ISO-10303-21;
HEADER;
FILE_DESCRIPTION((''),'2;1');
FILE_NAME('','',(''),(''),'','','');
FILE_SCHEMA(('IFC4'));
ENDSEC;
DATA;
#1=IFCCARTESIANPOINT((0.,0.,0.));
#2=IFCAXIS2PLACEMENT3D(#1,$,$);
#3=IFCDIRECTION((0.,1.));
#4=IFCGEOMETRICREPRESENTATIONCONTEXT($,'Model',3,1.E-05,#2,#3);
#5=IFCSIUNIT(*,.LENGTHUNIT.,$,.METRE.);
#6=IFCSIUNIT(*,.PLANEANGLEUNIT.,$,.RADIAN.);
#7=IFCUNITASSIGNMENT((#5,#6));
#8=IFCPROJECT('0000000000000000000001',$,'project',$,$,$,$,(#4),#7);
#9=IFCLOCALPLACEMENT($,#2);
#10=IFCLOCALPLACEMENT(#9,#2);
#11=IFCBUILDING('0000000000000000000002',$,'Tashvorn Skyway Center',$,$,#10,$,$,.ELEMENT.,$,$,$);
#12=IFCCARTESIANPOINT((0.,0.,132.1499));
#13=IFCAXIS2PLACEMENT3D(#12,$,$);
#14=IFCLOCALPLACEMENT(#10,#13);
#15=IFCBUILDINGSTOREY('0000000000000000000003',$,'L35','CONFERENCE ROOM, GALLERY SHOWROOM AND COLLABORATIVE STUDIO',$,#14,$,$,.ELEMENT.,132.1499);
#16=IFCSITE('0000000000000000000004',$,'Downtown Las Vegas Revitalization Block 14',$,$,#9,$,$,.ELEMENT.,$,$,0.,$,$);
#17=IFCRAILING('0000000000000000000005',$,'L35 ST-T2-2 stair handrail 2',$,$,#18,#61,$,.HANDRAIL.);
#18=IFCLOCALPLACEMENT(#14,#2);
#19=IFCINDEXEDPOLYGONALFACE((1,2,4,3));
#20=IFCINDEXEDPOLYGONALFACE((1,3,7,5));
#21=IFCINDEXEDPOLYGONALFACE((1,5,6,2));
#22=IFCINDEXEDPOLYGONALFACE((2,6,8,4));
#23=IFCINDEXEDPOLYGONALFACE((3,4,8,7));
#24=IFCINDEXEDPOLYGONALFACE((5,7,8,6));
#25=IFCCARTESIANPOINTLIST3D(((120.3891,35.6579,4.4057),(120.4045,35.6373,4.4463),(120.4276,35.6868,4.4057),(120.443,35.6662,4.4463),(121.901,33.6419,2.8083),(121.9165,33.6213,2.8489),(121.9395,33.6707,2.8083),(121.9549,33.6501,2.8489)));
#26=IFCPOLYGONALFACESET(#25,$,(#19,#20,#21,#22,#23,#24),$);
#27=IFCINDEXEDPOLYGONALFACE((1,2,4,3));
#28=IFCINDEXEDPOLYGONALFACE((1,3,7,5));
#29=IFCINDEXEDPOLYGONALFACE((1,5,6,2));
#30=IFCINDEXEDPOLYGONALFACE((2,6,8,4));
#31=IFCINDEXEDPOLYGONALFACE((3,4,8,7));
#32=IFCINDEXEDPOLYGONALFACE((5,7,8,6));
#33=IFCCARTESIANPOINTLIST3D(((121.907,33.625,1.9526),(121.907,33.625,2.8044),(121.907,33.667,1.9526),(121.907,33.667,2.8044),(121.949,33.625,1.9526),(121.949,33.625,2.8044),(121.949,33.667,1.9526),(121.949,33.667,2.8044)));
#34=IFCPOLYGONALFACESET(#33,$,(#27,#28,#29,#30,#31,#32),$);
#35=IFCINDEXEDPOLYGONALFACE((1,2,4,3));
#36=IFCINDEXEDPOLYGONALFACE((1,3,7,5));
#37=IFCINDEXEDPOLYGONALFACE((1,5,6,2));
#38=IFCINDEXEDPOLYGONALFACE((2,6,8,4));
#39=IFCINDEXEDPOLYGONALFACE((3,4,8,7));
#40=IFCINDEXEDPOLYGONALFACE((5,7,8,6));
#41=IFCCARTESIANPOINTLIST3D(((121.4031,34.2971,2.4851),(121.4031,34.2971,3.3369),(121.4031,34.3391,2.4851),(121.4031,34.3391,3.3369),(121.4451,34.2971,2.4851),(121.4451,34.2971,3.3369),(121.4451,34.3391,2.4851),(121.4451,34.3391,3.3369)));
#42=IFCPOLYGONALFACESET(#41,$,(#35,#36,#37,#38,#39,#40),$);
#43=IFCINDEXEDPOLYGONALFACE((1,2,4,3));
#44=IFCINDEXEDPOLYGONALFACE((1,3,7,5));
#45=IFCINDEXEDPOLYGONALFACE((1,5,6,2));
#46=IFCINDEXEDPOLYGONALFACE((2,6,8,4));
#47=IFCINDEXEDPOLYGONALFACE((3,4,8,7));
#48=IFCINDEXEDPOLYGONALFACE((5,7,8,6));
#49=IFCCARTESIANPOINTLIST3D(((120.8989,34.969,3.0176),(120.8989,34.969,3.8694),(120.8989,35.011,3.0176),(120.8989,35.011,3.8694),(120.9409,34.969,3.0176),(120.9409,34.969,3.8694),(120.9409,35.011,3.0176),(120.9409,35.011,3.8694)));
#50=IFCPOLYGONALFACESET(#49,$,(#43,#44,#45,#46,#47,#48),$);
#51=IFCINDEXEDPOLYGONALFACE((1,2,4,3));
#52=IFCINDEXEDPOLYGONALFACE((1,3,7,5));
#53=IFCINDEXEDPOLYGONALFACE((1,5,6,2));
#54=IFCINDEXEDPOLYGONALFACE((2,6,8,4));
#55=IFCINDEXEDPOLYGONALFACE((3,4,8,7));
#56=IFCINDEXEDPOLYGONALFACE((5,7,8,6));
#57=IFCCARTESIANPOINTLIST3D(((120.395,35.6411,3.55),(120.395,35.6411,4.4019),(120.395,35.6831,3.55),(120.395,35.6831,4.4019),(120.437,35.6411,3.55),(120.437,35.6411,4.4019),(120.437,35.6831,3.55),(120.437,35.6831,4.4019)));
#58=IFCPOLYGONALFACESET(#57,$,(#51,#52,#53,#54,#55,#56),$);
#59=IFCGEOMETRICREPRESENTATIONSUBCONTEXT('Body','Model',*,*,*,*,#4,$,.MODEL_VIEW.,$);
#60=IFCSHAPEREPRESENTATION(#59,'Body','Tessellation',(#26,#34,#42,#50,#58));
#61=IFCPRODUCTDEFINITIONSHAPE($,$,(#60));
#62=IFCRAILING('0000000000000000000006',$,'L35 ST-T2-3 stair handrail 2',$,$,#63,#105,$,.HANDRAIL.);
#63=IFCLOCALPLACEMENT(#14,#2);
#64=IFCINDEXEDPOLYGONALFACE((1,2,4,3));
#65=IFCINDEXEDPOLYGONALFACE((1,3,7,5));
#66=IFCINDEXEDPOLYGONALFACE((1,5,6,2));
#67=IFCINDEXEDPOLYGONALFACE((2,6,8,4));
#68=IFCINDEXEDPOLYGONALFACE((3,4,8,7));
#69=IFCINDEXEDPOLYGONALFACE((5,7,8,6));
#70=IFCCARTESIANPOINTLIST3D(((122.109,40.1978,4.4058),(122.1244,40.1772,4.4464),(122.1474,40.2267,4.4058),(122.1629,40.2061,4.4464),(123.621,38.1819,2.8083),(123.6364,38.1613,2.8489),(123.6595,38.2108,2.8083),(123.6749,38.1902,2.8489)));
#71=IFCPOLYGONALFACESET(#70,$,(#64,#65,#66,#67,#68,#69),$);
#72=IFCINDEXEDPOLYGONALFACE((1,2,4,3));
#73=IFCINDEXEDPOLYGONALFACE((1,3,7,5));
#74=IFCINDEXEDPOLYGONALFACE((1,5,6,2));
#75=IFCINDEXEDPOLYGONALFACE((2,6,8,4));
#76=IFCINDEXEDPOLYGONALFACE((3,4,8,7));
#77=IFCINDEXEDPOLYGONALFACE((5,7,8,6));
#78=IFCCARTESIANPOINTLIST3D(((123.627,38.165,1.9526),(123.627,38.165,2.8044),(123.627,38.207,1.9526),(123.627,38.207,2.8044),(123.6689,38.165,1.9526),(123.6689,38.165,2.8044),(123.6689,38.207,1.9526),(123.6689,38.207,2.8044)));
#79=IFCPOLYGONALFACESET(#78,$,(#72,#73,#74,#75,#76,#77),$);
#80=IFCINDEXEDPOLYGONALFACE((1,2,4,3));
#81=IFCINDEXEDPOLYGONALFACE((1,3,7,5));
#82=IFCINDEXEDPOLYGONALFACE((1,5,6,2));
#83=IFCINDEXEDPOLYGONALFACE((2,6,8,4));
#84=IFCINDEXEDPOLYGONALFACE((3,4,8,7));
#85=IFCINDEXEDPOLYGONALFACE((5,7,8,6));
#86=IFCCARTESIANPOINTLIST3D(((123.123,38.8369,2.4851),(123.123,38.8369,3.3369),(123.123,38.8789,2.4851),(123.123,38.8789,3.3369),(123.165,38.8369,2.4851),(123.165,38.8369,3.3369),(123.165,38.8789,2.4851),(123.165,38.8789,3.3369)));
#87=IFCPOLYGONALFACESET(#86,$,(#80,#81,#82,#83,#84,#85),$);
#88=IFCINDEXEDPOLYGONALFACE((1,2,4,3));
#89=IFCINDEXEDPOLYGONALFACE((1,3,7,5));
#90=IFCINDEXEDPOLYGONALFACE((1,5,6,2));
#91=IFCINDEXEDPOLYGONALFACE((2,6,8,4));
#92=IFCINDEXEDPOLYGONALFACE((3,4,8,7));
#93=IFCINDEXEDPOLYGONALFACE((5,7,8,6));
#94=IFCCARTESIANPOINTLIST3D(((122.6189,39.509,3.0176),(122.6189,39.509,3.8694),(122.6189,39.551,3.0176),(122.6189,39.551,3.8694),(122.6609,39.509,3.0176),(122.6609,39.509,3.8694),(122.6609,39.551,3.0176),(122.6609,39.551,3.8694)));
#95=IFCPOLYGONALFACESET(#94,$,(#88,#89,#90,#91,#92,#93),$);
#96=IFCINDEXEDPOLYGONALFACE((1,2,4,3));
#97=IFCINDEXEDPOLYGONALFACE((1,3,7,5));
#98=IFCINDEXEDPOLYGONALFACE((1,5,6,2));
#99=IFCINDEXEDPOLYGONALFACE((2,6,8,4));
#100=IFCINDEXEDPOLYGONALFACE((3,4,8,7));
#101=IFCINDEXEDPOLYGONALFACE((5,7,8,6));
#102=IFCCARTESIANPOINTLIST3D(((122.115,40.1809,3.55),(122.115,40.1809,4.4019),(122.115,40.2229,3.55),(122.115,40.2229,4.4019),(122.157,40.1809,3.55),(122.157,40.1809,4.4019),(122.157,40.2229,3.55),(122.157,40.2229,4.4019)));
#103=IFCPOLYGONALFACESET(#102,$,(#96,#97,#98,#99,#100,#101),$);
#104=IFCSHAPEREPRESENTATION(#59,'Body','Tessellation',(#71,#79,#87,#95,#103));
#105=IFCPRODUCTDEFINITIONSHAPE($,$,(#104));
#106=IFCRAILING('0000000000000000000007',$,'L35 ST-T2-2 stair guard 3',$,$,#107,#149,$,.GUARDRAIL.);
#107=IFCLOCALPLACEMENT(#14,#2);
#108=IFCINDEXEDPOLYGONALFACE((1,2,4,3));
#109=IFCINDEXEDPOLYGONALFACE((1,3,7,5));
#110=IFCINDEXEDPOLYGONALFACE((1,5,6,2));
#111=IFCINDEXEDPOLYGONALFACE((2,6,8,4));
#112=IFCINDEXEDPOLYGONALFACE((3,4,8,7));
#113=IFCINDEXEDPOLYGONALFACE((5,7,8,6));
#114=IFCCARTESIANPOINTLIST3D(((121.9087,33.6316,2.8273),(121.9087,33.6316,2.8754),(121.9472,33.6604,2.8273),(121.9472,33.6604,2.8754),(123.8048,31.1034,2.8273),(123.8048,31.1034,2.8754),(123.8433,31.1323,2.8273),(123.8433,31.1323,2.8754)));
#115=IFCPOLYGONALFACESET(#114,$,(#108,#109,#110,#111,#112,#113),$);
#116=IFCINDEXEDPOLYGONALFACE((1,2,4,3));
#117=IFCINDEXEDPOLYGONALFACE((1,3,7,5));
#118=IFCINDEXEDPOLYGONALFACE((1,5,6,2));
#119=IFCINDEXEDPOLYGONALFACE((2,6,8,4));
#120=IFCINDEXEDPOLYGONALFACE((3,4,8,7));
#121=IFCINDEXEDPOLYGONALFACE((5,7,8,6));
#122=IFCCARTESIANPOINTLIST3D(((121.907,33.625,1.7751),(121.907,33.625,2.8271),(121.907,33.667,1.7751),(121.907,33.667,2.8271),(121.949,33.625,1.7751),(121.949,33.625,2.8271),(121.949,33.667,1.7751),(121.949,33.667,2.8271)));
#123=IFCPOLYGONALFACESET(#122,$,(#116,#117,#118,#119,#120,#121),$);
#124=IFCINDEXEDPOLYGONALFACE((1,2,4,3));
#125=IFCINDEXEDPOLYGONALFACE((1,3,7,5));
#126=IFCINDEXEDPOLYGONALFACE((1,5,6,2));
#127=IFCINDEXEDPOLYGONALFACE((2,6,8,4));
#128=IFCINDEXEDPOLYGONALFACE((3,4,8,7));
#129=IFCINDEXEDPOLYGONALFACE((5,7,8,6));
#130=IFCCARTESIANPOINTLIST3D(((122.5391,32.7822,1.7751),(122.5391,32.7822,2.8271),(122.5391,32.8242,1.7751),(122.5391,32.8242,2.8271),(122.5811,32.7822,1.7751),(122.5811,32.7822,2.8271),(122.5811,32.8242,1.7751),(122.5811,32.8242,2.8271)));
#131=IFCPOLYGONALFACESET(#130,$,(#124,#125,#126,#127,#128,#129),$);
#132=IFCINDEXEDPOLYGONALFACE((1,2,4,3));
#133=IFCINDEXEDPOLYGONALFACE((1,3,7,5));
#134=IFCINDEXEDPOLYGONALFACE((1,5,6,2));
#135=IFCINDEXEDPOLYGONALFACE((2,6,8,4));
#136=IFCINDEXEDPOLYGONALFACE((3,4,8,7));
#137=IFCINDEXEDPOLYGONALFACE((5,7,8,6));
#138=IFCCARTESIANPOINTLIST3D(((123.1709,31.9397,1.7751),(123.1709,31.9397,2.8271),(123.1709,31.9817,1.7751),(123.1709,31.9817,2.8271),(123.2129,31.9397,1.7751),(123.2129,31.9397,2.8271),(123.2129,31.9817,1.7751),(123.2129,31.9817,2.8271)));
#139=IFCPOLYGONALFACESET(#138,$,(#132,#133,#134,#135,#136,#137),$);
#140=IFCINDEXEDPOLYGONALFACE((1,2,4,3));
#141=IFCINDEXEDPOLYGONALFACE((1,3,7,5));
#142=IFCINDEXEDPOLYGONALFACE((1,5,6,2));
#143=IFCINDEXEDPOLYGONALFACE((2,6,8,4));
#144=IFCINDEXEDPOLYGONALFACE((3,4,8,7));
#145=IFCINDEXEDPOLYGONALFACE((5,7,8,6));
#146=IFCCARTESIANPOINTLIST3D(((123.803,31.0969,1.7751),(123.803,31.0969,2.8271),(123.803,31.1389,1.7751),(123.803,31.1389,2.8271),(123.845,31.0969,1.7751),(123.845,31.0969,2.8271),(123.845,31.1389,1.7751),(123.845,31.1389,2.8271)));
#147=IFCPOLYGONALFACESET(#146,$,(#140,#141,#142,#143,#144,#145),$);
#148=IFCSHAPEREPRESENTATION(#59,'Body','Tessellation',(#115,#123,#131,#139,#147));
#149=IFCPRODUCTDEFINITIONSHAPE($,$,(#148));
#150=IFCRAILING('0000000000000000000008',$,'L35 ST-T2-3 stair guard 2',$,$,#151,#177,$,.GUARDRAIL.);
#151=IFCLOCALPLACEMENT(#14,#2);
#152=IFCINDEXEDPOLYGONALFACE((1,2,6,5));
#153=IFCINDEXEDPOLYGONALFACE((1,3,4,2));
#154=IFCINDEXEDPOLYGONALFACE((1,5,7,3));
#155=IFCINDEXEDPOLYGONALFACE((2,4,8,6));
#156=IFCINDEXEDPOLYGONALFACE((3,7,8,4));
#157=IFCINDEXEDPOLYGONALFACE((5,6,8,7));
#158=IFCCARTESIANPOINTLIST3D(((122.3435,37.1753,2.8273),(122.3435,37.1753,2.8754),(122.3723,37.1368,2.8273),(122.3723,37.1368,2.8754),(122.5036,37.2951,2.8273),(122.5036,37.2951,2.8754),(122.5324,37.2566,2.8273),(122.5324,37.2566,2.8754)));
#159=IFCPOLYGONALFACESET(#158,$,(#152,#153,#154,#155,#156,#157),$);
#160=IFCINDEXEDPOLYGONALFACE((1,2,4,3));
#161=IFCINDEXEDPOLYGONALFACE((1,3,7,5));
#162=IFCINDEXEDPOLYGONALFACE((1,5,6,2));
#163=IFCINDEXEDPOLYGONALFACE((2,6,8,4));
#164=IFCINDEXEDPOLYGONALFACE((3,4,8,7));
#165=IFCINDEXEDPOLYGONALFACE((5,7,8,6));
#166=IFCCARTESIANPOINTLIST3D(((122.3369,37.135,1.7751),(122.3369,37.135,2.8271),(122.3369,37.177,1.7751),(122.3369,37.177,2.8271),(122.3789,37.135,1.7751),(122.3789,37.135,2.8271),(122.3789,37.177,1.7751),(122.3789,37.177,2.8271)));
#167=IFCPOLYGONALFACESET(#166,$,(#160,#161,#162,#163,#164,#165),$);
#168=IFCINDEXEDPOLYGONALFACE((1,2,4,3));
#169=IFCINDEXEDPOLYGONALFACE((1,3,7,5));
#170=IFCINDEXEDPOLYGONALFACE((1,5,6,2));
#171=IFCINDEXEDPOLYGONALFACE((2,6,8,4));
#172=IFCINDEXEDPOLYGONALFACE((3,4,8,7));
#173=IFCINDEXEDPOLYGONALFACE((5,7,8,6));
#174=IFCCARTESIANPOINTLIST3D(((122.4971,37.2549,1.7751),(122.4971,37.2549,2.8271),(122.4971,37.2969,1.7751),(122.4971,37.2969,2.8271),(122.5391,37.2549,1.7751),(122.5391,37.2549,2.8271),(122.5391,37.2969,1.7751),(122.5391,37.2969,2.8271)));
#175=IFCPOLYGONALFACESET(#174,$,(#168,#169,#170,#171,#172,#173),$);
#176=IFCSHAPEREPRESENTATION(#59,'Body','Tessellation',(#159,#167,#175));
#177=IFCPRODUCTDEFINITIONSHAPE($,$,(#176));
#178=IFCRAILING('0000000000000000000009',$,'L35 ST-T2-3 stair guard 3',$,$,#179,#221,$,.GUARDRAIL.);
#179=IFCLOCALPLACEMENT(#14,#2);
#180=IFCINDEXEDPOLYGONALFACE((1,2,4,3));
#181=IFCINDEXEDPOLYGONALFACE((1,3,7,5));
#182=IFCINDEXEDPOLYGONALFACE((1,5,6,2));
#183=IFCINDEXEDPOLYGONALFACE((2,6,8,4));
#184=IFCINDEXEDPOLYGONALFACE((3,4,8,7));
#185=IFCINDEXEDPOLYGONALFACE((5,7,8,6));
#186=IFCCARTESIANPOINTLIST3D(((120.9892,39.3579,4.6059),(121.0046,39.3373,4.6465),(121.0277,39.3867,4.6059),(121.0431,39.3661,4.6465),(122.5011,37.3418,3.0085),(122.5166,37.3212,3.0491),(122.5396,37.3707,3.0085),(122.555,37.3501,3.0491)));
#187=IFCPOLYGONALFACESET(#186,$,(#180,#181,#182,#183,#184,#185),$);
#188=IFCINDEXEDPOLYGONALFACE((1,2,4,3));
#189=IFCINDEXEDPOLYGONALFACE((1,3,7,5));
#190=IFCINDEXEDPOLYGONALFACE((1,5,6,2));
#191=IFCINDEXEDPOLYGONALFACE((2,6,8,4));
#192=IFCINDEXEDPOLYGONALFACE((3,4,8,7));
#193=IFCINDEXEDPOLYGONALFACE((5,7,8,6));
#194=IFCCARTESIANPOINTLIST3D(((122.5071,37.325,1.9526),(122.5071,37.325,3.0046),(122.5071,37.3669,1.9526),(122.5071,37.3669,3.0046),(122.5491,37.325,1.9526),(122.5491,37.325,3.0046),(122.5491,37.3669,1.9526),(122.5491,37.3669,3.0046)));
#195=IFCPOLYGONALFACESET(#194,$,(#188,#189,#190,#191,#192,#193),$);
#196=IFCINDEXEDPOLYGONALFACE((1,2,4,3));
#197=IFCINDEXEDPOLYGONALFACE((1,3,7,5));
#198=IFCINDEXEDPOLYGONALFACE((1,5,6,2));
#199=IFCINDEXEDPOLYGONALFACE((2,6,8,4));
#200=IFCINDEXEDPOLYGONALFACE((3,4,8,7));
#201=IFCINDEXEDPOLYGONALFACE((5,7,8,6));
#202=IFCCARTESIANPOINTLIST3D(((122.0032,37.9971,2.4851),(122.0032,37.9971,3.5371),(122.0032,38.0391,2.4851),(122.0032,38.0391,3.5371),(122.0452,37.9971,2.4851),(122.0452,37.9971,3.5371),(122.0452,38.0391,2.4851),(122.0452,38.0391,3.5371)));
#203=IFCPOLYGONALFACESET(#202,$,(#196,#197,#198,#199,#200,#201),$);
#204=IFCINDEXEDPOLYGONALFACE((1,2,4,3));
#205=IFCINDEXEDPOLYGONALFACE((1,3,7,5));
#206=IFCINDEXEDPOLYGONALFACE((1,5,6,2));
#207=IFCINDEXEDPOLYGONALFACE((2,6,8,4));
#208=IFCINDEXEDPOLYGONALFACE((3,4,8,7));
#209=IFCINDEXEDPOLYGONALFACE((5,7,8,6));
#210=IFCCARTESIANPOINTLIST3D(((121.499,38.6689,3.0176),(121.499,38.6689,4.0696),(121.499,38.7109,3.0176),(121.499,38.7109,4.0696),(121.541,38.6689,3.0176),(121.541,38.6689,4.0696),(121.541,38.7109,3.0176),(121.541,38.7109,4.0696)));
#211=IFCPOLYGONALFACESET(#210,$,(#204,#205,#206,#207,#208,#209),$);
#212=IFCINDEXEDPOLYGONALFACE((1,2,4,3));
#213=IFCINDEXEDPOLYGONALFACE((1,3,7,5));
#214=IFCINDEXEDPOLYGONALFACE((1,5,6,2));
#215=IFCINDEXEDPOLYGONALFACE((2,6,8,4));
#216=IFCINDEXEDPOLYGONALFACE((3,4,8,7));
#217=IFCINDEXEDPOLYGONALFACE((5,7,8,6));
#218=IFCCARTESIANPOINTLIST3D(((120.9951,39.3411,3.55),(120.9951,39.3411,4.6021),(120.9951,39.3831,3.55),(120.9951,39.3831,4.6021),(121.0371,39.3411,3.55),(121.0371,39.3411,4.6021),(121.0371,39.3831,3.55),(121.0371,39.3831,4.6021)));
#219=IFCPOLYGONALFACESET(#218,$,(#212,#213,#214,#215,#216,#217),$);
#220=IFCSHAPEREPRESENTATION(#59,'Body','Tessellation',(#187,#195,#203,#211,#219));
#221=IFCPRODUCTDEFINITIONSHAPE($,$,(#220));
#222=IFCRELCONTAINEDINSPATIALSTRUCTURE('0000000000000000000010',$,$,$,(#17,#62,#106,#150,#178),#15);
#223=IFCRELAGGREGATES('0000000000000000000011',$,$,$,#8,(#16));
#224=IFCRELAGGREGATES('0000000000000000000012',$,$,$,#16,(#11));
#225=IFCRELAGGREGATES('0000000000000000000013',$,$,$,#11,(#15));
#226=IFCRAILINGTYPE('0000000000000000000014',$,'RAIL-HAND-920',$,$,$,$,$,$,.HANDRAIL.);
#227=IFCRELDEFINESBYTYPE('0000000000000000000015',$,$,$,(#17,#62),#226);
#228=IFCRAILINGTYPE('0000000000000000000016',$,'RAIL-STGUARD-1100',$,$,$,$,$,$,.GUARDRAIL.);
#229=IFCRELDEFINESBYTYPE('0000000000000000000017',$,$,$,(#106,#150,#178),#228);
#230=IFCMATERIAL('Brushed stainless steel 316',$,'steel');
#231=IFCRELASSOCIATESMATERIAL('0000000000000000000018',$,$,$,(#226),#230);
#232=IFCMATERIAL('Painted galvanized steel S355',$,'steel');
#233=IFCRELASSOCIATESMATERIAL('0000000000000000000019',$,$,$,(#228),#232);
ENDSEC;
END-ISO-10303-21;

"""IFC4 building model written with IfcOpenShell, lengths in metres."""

from ifc_helpers import new_model, si_unit, direction, frame, origin, origin_2d, place, context, subcontext, project, spatial, rectangle, extrude, material, type_object, element, save


model = new_model("IFC4")

# Units and contexts
model_context = context("Model", 3, precision=1e-05, world=origin(), true_north=direction((0.0, 1.0)))
body_context = subcontext(model_context, "Body", "Model", "MODEL_VIEW")
ifc_project = project(units=[si_unit("LENGTHUNIT", "METRE"), si_unit("PLANEANGLEUNIT", "RADIAN")], contexts=[model_context])

# Site, building, storey
site_placement = place(None, origin())
site = spatial("IfcSite", under=ifc_project, at=site_placement, Name="Downtown Las Vegas Revitalization Block 14", CompositionType="ELEMENT", RefElevation=0.0)
building_placement = place(site_placement, origin())
building = spatial("IfcBuilding", under=site, at=building_placement, Name="Tashvorn Skyway Center", CompositionType="ELEMENT")
storey_placement = place(building_placement, frame((0.0, 0.0, 132.1499)))
storey = spatial("IfcBuildingStorey", under=building, at=storey_placement, Name="L35", Description="CONFERENCE ROOM, GALLERY SHOWROOM AND COLLABORATIVE STUDIO", CompositionType="ELEMENT", Elevation=132.1499)

# Railings
ifc_material_1 = material(Name="Brushed stainless steel 316", Category="steel")
railing_type_1 = type_object("IfcRailingType", Name="RAIL-HAND-920", PredefinedType="HANDRAIL", material=ifc_material_1)
railing_1_placement = place(storey_placement, frame((121.928, 33.646, 1.9526)))
element("IfcRailing", 1, at=railing_1_placement, inside=storey, type_object=railing_type_1, Name="L35 ST-T2-2 stair handrail 2", PredefinedType="HANDRAIL", context=body_context, shape_type="SweptSolid", body=[
    extrude(rectangle(XDim=0.0481, YDim=0.0481, at=origin_2d()), frame((0.0, 0.0, 0.876), z_axis=(-0.506741, 0.675709, 0.535379), x_axis=(-0.800023, -0.599969, 0.0)), (0.0, 0.0, 1.0), 2.9836),
    extrude(rectangle(XDim=0.042, YDim=0.042, at=origin_2d()), origin(), (0.0, 0.0, 1.0), 0.8518),
    extrude(rectangle(XDim=0.042, YDim=0.042, at=origin_2d()), frame((-0.5039, 0.6721, 0.5325)), (0.0, 0.0, 1.0), 0.8518),
    extrude(rectangle(XDim=0.042, YDim=0.042, at=origin_2d()), frame((-1.0081, 1.344, 1.0649)), (0.0, 0.0, 1.0), 0.8518),
    extrude(rectangle(XDim=0.042, YDim=0.042, at=origin_2d()), frame((-1.512, 2.0161, 1.5974)), (0.0, 0.0, 1.0), 0.8518),
])
railing_2_placement = place(storey_placement, frame((123.6479, 38.186, 1.9526)))
element("IfcRailing", 2, at=railing_2_placement, inside=storey, type_object=railing_type_1, Name="L35 ST-T2-3 stair handrail 2", PredefinedType="HANDRAIL", context=body_context, shape_type="SweptSolid", body=[
    extrude(rectangle(XDim=0.0481, YDim=0.0481, at=origin_2d()), frame((0.0, 0.0, 0.876), z_axis=(-0.506769, 0.675664, 0.535409), x_axis=(-0.799988, -0.600016, 0.0)), (0.0, 0.0, 1.0), 2.9836),
    extrude(rectangle(XDim=0.042, YDim=0.042, at=origin_2d()), origin(), (0.0, 0.0, 1.0), 0.8518),
    extrude(rectangle(XDim=0.042, YDim=0.042, at=origin_2d()), frame((-0.5039, 0.6719, 0.5325)), (0.0, 0.0, 1.0), 0.8518),
    extrude(rectangle(XDim=0.042, YDim=0.042, at=origin_2d()), frame((-1.0081, 1.344, 1.0649)), (0.0, 0.0, 1.0), 0.8518),
    extrude(rectangle(XDim=0.042, YDim=0.042, at=origin_2d()), frame((-1.512, 2.0159, 1.5974)), (0.0, 0.0, 1.0), 0.8518),
])
ifc_material_2 = material(Name="Painted galvanized steel S355", Category="steel")
railing_type_2 = type_object("IfcRailingType", Name="RAIL-STGUARD-1100", PredefinedType="GUARDRAIL", material=ifc_material_2)
railing_3_placement = place(storey_placement, frame((121.928, 33.646, 1.7751)))
element("IfcRailing", 3, at=railing_3_placement, inside=storey, type_object=railing_type_2, Name="L35 ST-T2-2 stair guard 3", PredefinedType="GUARDRAIL", context=body_context, shape_type="SweptSolid", body=[
    extrude(rectangle(XDim=0.0481, YDim=0.0481, at=origin_2d()), frame((0.0, 0.0, 1.0762), z_axis=(0.599988, -0.800009, 0.0), x_axis=(0.800009, 0.599988, 0.0)), (0.0, 0.0, 1.0), 3.1602),
    extrude(rectangle(XDim=0.042, YDim=0.042, at=origin_2d()), origin(), (0.0, 0.0, 1.0), 1.052),
    extrude(rectangle(XDim=0.042, YDim=0.042, at=origin_2d()), frame((0.6321, -0.8428, 0.0)), (0.0, 0.0, 1.0), 1.052),
    extrude(rectangle(XDim=0.042, YDim=0.042, at=origin_2d()), frame((1.2639, -1.6853, 0.0)), (0.0, 0.0, 1.0), 1.052),
    extrude(rectangle(XDim=0.042, YDim=0.042, at=origin_2d()), frame((1.896, -2.5281, 0.0)), (0.0, 0.0, 1.0), 1.052),
])
railing_4_placement = place(storey_placement, frame((122.3579, 37.156, 1.7751)))
element("IfcRailing", 4, at=railing_4_placement, inside=storey, type_object=railing_type_2, Name="L35 ST-T2-3 stair guard 2", PredefinedType="GUARDRAIL", context=body_context, shape_type="SweptSolid", body=[
    extrude(rectangle(XDim=0.0481, YDim=0.0481, at=origin_2d()), frame((0.0, 0.0, 1.0762), z_axis=(0.800585, 0.599219, 0.0), x_axis=(-0.599219, 0.800585, 0.0)), (0.0, 0.0, 1.0), 0.2),
    extrude(rectangle(XDim=0.042, YDim=0.042, at=origin_2d()), origin(), (0.0, 0.0, 1.0), 1.052),
    extrude(rectangle(XDim=0.042, YDim=0.042, at=origin_2d()), frame((0.1602, 0.1199, 0.0)), (0.0, 0.0, 1.0), 1.052),
])
railing_5_placement = place(storey_placement, frame((122.5281, 37.3459, 1.9526)))
element("IfcRailing", 5, at=railing_5_placement, inside=storey, type_object=railing_type_2, Name="L35 ST-T2-3 stair guard 3", PredefinedType="GUARDRAIL", context=body_context, shape_type="SweptSolid", body=[
    extrude(rectangle(XDim=0.0481, YDim=0.0481, at=origin_2d()), frame((0.0, 0.0, 1.0762), z_axis=(-0.506741, 0.675709, 0.535379), x_axis=(-0.800023, -0.599969, 0.0)), (0.0, 0.0, 1.0), 2.9836),
    extrude(rectangle(XDim=0.042, YDim=0.042, at=origin_2d()), origin(), (0.0, 0.0, 1.0), 1.052),
    extrude(rectangle(XDim=0.042, YDim=0.042, at=origin_2d()), frame((-0.5039, 0.6721, 0.5325)), (0.0, 0.0, 1.0), 1.052),
    extrude(rectangle(XDim=0.042, YDim=0.042, at=origin_2d()), frame((-1.0081, 1.344, 1.0649)), (0.0, 0.0, 1.0), 1.052),
    extrude(rectangle(XDim=0.042, YDim=0.042, at=origin_2d()), frame((-1.512, 2.0161, 1.5974)), (0.0, 0.0, 1.0), 1.052),
])

save(model, "model.ifc")
